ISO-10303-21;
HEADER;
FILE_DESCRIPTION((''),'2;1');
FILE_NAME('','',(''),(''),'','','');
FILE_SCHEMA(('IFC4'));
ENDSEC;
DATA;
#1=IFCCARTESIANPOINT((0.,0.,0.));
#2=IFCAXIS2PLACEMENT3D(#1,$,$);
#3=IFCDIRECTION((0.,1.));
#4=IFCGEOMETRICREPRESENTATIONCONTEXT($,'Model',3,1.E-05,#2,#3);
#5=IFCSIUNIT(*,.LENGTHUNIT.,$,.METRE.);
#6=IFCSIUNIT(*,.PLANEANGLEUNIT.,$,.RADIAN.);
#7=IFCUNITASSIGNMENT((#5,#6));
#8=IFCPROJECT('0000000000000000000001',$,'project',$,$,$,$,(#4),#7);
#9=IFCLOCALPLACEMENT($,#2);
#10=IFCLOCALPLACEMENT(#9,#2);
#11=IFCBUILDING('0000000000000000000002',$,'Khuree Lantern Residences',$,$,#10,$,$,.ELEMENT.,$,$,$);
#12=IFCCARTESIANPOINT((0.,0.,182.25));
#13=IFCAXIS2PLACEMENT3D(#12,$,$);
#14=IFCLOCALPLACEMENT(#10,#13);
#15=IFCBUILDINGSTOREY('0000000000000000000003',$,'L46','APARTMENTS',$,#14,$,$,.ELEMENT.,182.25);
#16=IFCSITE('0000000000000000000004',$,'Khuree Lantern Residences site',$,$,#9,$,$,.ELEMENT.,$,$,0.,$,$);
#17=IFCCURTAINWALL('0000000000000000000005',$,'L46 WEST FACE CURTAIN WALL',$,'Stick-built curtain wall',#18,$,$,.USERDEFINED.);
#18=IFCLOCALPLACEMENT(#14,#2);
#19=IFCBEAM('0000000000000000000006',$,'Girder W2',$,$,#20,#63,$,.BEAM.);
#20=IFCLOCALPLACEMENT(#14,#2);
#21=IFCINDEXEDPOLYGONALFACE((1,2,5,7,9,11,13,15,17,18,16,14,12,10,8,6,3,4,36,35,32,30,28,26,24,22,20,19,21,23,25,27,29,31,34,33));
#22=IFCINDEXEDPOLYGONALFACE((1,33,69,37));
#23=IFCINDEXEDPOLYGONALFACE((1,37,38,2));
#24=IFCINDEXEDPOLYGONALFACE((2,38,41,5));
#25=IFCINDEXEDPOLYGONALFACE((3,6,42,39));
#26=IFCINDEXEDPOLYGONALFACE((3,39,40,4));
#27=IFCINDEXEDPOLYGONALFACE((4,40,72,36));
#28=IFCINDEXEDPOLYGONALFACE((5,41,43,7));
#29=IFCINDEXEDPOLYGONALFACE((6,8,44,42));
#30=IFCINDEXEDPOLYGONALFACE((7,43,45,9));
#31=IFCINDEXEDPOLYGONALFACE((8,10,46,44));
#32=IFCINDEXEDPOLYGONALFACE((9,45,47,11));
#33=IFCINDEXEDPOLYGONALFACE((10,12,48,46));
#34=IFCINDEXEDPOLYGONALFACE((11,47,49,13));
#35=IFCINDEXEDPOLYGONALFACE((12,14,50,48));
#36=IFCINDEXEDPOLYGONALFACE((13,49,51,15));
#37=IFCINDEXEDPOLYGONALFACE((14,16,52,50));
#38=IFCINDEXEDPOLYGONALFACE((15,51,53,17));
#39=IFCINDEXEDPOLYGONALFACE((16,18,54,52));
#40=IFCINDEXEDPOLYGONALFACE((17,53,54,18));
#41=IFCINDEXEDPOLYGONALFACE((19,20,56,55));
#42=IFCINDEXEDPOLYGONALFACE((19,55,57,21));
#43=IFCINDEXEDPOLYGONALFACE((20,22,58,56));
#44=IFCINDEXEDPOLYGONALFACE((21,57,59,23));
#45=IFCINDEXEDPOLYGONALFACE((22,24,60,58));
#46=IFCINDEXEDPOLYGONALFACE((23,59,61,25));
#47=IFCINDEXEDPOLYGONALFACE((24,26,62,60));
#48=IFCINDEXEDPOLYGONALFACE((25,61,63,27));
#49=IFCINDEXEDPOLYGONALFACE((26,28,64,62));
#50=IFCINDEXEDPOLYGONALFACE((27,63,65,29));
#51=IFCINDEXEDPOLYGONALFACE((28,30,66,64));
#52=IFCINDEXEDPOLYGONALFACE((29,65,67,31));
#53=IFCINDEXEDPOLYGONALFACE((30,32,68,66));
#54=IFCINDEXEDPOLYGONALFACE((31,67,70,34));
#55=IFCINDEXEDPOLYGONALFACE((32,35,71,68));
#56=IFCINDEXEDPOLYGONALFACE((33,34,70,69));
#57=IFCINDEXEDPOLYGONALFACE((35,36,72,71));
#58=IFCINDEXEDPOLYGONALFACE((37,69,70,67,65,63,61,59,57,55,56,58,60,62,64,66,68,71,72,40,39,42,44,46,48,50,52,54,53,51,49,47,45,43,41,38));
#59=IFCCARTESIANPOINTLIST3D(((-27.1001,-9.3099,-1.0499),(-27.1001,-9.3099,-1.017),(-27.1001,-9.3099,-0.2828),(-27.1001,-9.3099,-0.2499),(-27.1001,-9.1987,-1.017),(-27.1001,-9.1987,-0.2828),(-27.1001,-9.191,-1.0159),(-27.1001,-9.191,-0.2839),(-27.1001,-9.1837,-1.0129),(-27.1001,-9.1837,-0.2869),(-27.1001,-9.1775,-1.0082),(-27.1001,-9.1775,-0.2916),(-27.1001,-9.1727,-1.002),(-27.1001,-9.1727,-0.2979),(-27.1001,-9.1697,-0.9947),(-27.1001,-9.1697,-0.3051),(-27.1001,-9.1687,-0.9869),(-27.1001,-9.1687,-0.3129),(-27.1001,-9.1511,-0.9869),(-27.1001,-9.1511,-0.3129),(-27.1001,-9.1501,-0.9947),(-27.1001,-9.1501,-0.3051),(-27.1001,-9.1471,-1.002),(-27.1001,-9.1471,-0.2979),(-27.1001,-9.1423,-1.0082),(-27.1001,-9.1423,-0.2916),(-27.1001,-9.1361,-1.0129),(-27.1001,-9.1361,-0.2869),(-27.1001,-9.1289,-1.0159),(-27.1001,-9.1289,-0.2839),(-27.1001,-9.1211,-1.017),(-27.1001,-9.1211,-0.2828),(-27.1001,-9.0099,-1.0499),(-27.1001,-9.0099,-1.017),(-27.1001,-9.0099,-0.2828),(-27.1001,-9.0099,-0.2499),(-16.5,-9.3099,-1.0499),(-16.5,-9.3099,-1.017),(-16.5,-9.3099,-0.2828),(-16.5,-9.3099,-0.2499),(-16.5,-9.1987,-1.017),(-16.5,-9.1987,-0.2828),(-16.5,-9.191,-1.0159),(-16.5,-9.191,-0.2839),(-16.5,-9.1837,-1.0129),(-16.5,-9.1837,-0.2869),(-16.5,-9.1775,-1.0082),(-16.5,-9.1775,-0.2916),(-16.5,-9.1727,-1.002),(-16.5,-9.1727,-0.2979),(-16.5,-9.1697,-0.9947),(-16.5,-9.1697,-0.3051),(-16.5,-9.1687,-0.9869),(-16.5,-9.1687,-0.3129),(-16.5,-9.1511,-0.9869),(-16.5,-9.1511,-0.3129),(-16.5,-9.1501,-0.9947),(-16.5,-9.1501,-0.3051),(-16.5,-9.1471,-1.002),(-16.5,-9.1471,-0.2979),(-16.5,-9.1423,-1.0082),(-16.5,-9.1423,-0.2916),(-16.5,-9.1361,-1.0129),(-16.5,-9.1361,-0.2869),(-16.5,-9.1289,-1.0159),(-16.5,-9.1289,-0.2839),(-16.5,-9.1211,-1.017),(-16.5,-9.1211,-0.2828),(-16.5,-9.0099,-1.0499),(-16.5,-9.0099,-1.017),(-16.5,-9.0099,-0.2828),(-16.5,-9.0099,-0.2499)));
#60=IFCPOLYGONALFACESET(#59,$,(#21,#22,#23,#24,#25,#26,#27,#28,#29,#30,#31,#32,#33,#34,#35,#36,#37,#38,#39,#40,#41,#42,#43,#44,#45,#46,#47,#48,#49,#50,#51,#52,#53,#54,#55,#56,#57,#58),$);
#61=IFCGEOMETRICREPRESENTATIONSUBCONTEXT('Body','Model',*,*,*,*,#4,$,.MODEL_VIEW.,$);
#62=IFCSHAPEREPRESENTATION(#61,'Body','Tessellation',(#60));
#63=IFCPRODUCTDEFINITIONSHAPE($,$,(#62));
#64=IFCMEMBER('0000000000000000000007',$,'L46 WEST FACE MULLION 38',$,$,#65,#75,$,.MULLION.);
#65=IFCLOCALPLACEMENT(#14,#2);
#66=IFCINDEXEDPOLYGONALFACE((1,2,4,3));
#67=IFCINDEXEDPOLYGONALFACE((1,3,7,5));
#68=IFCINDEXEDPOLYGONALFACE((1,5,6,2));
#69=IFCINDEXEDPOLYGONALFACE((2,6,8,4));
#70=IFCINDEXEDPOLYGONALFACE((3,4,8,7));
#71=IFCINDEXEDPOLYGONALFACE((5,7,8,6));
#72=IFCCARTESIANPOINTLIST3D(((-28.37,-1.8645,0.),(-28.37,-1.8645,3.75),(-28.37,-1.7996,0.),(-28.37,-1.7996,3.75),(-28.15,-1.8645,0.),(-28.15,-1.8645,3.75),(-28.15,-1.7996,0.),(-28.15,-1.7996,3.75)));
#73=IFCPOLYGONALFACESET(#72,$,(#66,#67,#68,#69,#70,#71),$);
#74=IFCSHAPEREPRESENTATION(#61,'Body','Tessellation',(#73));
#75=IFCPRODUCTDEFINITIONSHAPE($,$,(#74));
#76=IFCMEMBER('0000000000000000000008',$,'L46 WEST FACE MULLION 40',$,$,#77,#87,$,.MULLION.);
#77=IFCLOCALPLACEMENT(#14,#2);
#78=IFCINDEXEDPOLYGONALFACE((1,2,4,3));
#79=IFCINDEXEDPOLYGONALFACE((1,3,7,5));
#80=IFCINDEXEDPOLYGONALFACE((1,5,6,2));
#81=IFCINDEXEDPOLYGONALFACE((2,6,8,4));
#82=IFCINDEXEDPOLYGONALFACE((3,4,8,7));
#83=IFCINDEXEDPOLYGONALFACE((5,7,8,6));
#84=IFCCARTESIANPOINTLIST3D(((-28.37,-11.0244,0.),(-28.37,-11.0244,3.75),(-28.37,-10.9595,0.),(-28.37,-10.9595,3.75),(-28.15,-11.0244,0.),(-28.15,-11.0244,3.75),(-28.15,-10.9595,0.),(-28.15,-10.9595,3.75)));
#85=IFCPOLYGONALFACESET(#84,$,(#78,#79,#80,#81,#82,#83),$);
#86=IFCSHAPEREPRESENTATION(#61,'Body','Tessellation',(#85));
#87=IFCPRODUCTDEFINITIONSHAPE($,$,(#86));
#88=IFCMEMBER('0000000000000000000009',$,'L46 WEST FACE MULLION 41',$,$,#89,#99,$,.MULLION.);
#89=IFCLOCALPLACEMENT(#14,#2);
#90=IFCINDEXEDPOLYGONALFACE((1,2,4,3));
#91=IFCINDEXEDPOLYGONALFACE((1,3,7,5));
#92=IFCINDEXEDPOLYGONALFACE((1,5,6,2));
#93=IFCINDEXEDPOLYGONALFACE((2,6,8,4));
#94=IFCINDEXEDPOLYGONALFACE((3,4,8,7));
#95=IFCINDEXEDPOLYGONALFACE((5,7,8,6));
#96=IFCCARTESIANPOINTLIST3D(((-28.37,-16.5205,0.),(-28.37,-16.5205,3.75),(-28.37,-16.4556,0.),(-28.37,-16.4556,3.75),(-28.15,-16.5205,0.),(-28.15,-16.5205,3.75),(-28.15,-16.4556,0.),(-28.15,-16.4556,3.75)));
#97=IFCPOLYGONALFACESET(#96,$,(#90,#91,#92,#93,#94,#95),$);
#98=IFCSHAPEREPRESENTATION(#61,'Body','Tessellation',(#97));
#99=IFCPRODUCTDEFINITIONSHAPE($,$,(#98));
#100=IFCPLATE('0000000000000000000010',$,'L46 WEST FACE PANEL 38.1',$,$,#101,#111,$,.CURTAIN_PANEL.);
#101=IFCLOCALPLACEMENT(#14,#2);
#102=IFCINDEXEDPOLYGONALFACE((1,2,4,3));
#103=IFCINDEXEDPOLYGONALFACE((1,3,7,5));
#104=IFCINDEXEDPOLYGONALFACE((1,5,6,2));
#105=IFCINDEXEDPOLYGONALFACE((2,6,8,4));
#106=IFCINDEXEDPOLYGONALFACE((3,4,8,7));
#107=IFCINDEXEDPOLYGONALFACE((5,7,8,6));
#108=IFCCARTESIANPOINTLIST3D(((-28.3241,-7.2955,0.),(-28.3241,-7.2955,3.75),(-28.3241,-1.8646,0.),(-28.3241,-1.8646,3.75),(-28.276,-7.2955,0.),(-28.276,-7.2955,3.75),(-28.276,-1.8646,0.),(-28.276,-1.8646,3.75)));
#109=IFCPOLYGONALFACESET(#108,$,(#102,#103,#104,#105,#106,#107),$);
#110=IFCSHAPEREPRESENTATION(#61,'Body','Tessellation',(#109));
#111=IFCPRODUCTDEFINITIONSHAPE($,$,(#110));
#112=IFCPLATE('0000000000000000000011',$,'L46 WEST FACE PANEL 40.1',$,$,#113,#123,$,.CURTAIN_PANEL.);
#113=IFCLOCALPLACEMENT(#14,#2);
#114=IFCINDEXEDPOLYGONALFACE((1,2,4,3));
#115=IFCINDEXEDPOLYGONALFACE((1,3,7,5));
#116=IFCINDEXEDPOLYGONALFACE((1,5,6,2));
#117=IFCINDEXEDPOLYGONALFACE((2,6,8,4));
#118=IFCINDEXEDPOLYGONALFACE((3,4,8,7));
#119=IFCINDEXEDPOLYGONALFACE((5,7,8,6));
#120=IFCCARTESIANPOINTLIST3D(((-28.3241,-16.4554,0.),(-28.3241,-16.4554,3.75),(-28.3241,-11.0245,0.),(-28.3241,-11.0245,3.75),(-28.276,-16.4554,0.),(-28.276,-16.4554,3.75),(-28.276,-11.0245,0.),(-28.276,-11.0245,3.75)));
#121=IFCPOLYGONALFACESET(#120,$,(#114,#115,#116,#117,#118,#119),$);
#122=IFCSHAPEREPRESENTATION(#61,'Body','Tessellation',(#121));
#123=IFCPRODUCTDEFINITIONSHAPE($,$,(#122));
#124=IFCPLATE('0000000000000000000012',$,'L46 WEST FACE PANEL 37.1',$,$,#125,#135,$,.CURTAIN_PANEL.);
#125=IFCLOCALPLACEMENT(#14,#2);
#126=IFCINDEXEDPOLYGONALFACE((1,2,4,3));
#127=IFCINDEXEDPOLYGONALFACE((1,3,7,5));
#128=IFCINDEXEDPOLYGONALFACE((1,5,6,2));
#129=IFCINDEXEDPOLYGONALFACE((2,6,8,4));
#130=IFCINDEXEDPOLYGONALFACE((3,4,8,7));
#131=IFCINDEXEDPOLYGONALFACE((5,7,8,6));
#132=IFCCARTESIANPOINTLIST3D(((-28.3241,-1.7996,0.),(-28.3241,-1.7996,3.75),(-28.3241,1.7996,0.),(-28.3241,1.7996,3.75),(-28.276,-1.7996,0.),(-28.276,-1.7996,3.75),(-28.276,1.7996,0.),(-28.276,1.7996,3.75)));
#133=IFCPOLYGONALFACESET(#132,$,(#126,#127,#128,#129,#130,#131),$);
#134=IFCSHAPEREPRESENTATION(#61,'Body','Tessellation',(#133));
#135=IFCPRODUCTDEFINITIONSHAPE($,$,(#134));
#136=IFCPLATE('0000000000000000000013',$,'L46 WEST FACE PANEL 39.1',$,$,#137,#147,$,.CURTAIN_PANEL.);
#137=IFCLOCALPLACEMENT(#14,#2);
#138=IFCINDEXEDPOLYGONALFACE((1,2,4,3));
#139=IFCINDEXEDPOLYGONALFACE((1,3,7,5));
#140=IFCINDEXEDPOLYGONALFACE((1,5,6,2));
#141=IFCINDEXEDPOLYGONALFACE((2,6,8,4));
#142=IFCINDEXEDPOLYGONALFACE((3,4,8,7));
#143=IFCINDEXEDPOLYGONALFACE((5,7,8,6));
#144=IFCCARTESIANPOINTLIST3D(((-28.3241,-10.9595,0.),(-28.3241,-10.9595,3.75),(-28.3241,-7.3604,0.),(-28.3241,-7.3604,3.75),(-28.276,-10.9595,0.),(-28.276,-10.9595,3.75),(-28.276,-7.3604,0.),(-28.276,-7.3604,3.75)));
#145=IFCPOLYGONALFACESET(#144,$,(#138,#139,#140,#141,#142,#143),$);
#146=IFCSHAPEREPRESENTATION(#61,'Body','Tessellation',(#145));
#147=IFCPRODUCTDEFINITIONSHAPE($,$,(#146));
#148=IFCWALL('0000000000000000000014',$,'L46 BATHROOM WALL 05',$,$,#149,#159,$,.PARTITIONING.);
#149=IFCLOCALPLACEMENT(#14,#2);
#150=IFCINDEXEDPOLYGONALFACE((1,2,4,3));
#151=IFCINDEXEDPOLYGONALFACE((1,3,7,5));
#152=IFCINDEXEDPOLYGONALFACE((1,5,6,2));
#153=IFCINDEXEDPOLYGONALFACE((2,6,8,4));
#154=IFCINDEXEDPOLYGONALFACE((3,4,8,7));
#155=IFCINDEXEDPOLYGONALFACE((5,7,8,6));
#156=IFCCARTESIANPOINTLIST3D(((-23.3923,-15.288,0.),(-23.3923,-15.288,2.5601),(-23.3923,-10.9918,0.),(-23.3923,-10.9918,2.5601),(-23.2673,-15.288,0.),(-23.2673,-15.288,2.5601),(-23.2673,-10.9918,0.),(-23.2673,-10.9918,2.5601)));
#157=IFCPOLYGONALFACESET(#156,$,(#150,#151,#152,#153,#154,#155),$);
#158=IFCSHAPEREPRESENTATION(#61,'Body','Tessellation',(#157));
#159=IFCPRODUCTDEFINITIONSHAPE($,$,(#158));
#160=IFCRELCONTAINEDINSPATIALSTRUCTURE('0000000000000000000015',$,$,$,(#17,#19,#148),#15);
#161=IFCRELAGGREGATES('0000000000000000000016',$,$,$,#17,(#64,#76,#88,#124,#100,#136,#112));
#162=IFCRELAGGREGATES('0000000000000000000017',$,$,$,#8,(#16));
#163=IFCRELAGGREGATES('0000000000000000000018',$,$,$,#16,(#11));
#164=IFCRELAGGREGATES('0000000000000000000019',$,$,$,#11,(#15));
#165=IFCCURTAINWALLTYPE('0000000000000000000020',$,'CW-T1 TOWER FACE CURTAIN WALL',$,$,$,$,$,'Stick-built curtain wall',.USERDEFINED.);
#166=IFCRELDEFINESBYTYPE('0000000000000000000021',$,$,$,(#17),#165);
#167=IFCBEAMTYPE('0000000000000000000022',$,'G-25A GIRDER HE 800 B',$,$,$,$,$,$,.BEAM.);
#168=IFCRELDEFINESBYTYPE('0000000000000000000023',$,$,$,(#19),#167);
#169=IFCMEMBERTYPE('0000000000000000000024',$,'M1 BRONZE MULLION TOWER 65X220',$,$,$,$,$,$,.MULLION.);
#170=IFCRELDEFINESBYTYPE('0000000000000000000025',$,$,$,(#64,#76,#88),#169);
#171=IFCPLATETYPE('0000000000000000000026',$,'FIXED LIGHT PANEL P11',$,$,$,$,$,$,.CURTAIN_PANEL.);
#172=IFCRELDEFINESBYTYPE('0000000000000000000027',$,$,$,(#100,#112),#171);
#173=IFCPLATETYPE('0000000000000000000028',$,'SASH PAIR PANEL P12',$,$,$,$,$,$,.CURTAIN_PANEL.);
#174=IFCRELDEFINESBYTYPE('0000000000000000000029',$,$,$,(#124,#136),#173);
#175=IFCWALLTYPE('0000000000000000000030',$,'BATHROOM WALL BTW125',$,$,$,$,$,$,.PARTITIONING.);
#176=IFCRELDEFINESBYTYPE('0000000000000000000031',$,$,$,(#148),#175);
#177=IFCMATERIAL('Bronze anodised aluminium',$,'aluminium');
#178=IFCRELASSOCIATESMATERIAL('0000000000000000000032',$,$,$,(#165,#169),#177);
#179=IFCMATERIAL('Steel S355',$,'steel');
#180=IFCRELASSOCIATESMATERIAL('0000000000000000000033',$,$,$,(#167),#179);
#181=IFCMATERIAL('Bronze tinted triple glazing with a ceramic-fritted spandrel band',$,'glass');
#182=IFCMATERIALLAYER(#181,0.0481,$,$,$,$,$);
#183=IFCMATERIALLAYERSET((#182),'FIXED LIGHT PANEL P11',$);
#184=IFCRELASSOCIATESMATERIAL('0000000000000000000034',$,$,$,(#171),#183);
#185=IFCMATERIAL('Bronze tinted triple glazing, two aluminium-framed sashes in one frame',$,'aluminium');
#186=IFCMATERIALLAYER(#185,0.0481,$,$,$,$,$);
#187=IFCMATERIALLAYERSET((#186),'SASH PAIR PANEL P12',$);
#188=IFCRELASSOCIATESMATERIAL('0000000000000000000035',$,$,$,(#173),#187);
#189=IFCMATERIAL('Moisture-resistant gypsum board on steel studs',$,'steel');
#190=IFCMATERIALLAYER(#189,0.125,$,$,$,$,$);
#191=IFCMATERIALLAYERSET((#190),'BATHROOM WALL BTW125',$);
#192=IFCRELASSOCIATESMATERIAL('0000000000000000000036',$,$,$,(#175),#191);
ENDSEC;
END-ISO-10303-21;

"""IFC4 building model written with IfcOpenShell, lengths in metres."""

from ifc_helpers import new_model, si_unit, direction, frame, frame_2d, origin, origin_2d, place, context, subcontext, project, spatial, rectangle, i_section, extrude, material, layer, layer_set, material_profile, profile_set, type_object, element, aggregate, save


model = new_model("IFC4")

# Units and contexts
model_context = context("Model", 3, precision=1e-05, world=origin(), true_north=direction((0.0, 1.0)))
body_context = subcontext(model_context, "Body", "Model", "MODEL_VIEW")
ifc_project = project(units=[si_unit("LENGTHUNIT", "METRE"), si_unit("PLANEANGLEUNIT", "RADIAN")], contexts=[model_context])

# Site, building, storey
site_placement = place(None, origin())
site = spatial("IfcSite", under=ifc_project, at=site_placement, Name="Khuree Lantern Residences site", CompositionType="ELEMENT", RefElevation=0.0)
building_placement = place(site_placement, origin())
building = spatial("IfcBuilding", under=site, at=building_placement, Name="Khuree Lantern Residences", CompositionType="ELEMENT")
storey_placement = place(building_placement, frame((0.0, 0.0, 182.25)))
storey = spatial("IfcBuildingStorey", under=building, at=storey_placement, Name="L46", Description="APARTMENTS", CompositionType="ELEMENT", Elevation=182.25)

# Shared definitions
ifc_material_1 = material(Name="Steel S355", Category="steel")

# Curtain wall
ifc_material_2 = material(Name="Bronze anodised aluminium", Category="aluminium")
curtain_wall_type = type_object("IfcCurtainWallType", Name="CW-T1 TOWER FACE CURTAIN WALL", ElementType="Stick-built curtain wall", PredefinedType="USERDEFINED", material=ifc_material_2)
curtain_wall_placement = place(storey_placement, origin())
curtain_wall = element("IfcCurtainWall", 1, at=curtain_wall_placement, inside=storey, type_object=curtain_wall_type, Name="L46 WEST FACE CURTAIN WALL", ObjectType="Stick-built curtain wall", PredefinedType="USERDEFINED")

# Beam
ifc_material_profile_1 = material_profile(ifc_material_1, i_section(OverallWidth=0.3, OverallDepth=0.8, WebThickness=0.0176, FlangeThickness=0.033, FilletRadius=0.03, at=origin_2d()), Name="HE 800 B")
ifc_profile_set_1 = profile_set([ifc_material_profile_1], Name="Steel S355")
beam_type_1 = type_object("IfcBeamType", Name="G-25A GIRDER HE 800 B", PredefinedType="BEAM", material=ifc_profile_set_1)
beam_1_placement = place(storey_placement, frame((-27.1001, -9.1599, -0.6499), z_axis=(1.0, 0.0, 0.0), x_axis=(0.0, 1.0, 0.0)))
element("IfcBeam", 2, at=beam_1_placement, inside=storey, type_object=beam_type_1, Name="Girder W2", PredefinedType="BEAM", context=body_context, shape_type="SweptSolid", body=[
    extrude(i_section(OverallWidth=0.3, OverallDepth=0.8, WebThickness=0.0176, FlangeThickness=0.033, FilletRadius=0.03, at=origin_2d()), origin(), (0.0, 0.0, 1.0), 10.6001),
])

# Members
ifc_material_profile_2 = material_profile(ifc_material_2, rectangle(XDim=0.0649, YDim=0.22, at=origin_2d()), Name="M1 65X220")
ifc_profile_set_2 = profile_set([ifc_material_profile_2], Name="Bronze anodised aluminium")
member_type_1 = type_object("IfcMemberType", Name="M1 BRONZE MULLION TOWER 65X220", PredefinedType="MULLION", material=ifc_profile_set_2)
member_1_placement = place(storey_placement, frame((-28.26, -1.832, 0.0), z_axis=(0.0, 0.0, 1.0), x_axis=(0.0, -1.0, 0.0)))
member_1 = element("IfcMember", 3, at=member_1_placement, type_object=member_type_1, Name="L46 WEST FACE MULLION 38", PredefinedType="MULLION", context=body_context, shape_type="SweptSolid", body=[
    extrude(rectangle(XDim=0.0649, YDim=0.22, at=origin_2d()), origin(), (0.0, 0.0, 1.0), 3.75),
])
member_2_placement = place(storey_placement, frame((-28.26, -10.9919, 0.0), z_axis=(0.0, 0.0, 1.0), x_axis=(0.0, -1.0, 0.0)))
member_2 = element("IfcMember", 4, at=member_2_placement, type_object=member_type_1, Name="L46 WEST FACE MULLION 40", PredefinedType="MULLION", context=body_context, shape_type="SweptSolid", body=[
    extrude(rectangle(XDim=0.0649, YDim=0.22, at=origin_2d()), origin(), (0.0, 0.0, 1.0), 3.75),
])
member_3_placement = place(storey_placement, frame((-28.26, -16.488, 0.0), z_axis=(0.0, 0.0, 1.0), x_axis=(0.0, -1.0, 0.0)))
member_3 = element("IfcMember", 5, at=member_3_placement, type_object=member_type_1, Name="L46 WEST FACE MULLION 41", PredefinedType="MULLION", context=body_context, shape_type="SweptSolid", body=[
    extrude(rectangle(XDim=0.0649, YDim=0.22, at=origin_2d()), origin(), (0.0, 0.0, 1.0), 3.75),
])

# Plates
ifc_material_3 = material(Name="Bronze tinted triple glazing with a ceramic-fritted spandrel band", Category="glass")
ifc_layer_1 = layer(ifc_material_3, 0.0481)
ifc_layer_set_1 = layer_set([ifc_layer_1], Name="FIXED LIGHT PANEL P11")
plate_type_1 = type_object("IfcPlateType", Name="FIXED LIGHT PANEL P11", PredefinedType="CURTAIN_PANEL", material=ifc_layer_set_1)
plate_1_placement = place(storey_placement, frame((-28.3, -4.5801, 0.0), z_axis=(0.0, 0.0, 1.0), x_axis=(0.0, -1.0, 0.0)))
plate_1 = element("IfcPlate", 6, at=plate_1_placement, type_object=plate_type_1, Name="L46 WEST FACE PANEL 38.1", PredefinedType="CURTAIN_PANEL", context=body_context, shape_type="SweptSolid", body=[
    extrude(rectangle(XDim=5.4309, YDim=0.0481, at=origin_2d()), origin(), (0.0, 0.0, 1.0), 3.75),
])
plate_2_placement = place(storey_placement, frame((-28.3, -13.74, 0.0), z_axis=(0.0, 0.0, 1.0), x_axis=(0.0, -1.0, 0.0)))
plate_2 = element("IfcPlate", 7, at=plate_2_placement, type_object=plate_type_1, Name="L46 WEST FACE PANEL 40.1", PredefinedType="CURTAIN_PANEL", context=body_context, shape_type="SweptSolid", body=[
    extrude(rectangle(XDim=5.4309, YDim=0.0481, at=origin_2d()), origin(), (0.0, 0.0, 1.0), 3.75),
])
ifc_material_4 = material(Name="Bronze tinted triple glazing, two aluminium-framed sashes in one frame", Category="aluminium")
ifc_layer_2 = layer(ifc_material_4, 0.0481)
ifc_layer_set_2 = layer_set([ifc_layer_2], Name="SASH PAIR PANEL P12")
plate_type_2 = type_object("IfcPlateType", Name="SASH PAIR PANEL P12", PredefinedType="CURTAIN_PANEL", material=ifc_layer_set_2)
plate_3_placement = place(storey_placement, frame((-28.3, 0.0, 0.0), z_axis=(0.0, 0.0, 1.0), x_axis=(0.0, -1.0, 0.0)))
plate_3 = element("IfcPlate", 8, at=plate_3_placement, type_object=plate_type_2, Name="L46 WEST FACE PANEL 37.1", PredefinedType="CURTAIN_PANEL", context=body_context, shape_type="SweptSolid", body=[
    extrude(rectangle(XDim=3.5991, YDim=0.0481, at=origin_2d()), origin(), (0.0, 0.0, 1.0), 3.75),
])
plate_4_placement = place(storey_placement, frame((-28.3, -9.1599, 0.0), z_axis=(0.0, 0.0, 1.0), x_axis=(0.0, -1.0, 0.0)))
plate_4 = element("IfcPlate", 9, at=plate_4_placement, type_object=plate_type_2, Name="L46 WEST FACE PANEL 39.1", PredefinedType="CURTAIN_PANEL", context=body_context, shape_type="SweptSolid", body=[
    extrude(rectangle(XDim=3.5991, YDim=0.0481, at=origin_2d()), origin(), (0.0, 0.0, 1.0), 3.75),
])
aggregate(curtain_wall, [member_1, member_2, member_3, plate_3, plate_1, plate_4, plate_2])

# Wall
ifc_material_5 = material(Name="Moisture-resistant gypsum board on steel studs", Category="steel")
ifc_layer_3 = layer(ifc_material_5, 0.125)
ifc_layer_set_3 = layer_set([ifc_layer_3], Name="BATHROOM WALL BTW125")
wall_type_1 = type_object("IfcWallType", Name="BATHROOM WALL BTW125", PredefinedType="PARTITIONING", material=ifc_layer_set_3)
wall_1_placement = place(storey_placement, frame((-23.3298, -10.9919, 0.0), z_axis=(0.0, 0.0, 1.0), x_axis=(0.0, -1.0, 0.0)))
element("IfcWall", 10, at=wall_1_placement, inside=storey, type_object=wall_type_1, Name="L46 BATHROOM WALL 05", PredefinedType="PARTITIONING", context=body_context, shape_type="SweptSolid", body=[
    extrude(rectangle(XDim=4.2961, YDim=0.125, at=frame_2d((2.1479, 0.0))), origin(), (0.0, 0.0, 1.0), 2.5601),
])

save(model, "model.ifc")
